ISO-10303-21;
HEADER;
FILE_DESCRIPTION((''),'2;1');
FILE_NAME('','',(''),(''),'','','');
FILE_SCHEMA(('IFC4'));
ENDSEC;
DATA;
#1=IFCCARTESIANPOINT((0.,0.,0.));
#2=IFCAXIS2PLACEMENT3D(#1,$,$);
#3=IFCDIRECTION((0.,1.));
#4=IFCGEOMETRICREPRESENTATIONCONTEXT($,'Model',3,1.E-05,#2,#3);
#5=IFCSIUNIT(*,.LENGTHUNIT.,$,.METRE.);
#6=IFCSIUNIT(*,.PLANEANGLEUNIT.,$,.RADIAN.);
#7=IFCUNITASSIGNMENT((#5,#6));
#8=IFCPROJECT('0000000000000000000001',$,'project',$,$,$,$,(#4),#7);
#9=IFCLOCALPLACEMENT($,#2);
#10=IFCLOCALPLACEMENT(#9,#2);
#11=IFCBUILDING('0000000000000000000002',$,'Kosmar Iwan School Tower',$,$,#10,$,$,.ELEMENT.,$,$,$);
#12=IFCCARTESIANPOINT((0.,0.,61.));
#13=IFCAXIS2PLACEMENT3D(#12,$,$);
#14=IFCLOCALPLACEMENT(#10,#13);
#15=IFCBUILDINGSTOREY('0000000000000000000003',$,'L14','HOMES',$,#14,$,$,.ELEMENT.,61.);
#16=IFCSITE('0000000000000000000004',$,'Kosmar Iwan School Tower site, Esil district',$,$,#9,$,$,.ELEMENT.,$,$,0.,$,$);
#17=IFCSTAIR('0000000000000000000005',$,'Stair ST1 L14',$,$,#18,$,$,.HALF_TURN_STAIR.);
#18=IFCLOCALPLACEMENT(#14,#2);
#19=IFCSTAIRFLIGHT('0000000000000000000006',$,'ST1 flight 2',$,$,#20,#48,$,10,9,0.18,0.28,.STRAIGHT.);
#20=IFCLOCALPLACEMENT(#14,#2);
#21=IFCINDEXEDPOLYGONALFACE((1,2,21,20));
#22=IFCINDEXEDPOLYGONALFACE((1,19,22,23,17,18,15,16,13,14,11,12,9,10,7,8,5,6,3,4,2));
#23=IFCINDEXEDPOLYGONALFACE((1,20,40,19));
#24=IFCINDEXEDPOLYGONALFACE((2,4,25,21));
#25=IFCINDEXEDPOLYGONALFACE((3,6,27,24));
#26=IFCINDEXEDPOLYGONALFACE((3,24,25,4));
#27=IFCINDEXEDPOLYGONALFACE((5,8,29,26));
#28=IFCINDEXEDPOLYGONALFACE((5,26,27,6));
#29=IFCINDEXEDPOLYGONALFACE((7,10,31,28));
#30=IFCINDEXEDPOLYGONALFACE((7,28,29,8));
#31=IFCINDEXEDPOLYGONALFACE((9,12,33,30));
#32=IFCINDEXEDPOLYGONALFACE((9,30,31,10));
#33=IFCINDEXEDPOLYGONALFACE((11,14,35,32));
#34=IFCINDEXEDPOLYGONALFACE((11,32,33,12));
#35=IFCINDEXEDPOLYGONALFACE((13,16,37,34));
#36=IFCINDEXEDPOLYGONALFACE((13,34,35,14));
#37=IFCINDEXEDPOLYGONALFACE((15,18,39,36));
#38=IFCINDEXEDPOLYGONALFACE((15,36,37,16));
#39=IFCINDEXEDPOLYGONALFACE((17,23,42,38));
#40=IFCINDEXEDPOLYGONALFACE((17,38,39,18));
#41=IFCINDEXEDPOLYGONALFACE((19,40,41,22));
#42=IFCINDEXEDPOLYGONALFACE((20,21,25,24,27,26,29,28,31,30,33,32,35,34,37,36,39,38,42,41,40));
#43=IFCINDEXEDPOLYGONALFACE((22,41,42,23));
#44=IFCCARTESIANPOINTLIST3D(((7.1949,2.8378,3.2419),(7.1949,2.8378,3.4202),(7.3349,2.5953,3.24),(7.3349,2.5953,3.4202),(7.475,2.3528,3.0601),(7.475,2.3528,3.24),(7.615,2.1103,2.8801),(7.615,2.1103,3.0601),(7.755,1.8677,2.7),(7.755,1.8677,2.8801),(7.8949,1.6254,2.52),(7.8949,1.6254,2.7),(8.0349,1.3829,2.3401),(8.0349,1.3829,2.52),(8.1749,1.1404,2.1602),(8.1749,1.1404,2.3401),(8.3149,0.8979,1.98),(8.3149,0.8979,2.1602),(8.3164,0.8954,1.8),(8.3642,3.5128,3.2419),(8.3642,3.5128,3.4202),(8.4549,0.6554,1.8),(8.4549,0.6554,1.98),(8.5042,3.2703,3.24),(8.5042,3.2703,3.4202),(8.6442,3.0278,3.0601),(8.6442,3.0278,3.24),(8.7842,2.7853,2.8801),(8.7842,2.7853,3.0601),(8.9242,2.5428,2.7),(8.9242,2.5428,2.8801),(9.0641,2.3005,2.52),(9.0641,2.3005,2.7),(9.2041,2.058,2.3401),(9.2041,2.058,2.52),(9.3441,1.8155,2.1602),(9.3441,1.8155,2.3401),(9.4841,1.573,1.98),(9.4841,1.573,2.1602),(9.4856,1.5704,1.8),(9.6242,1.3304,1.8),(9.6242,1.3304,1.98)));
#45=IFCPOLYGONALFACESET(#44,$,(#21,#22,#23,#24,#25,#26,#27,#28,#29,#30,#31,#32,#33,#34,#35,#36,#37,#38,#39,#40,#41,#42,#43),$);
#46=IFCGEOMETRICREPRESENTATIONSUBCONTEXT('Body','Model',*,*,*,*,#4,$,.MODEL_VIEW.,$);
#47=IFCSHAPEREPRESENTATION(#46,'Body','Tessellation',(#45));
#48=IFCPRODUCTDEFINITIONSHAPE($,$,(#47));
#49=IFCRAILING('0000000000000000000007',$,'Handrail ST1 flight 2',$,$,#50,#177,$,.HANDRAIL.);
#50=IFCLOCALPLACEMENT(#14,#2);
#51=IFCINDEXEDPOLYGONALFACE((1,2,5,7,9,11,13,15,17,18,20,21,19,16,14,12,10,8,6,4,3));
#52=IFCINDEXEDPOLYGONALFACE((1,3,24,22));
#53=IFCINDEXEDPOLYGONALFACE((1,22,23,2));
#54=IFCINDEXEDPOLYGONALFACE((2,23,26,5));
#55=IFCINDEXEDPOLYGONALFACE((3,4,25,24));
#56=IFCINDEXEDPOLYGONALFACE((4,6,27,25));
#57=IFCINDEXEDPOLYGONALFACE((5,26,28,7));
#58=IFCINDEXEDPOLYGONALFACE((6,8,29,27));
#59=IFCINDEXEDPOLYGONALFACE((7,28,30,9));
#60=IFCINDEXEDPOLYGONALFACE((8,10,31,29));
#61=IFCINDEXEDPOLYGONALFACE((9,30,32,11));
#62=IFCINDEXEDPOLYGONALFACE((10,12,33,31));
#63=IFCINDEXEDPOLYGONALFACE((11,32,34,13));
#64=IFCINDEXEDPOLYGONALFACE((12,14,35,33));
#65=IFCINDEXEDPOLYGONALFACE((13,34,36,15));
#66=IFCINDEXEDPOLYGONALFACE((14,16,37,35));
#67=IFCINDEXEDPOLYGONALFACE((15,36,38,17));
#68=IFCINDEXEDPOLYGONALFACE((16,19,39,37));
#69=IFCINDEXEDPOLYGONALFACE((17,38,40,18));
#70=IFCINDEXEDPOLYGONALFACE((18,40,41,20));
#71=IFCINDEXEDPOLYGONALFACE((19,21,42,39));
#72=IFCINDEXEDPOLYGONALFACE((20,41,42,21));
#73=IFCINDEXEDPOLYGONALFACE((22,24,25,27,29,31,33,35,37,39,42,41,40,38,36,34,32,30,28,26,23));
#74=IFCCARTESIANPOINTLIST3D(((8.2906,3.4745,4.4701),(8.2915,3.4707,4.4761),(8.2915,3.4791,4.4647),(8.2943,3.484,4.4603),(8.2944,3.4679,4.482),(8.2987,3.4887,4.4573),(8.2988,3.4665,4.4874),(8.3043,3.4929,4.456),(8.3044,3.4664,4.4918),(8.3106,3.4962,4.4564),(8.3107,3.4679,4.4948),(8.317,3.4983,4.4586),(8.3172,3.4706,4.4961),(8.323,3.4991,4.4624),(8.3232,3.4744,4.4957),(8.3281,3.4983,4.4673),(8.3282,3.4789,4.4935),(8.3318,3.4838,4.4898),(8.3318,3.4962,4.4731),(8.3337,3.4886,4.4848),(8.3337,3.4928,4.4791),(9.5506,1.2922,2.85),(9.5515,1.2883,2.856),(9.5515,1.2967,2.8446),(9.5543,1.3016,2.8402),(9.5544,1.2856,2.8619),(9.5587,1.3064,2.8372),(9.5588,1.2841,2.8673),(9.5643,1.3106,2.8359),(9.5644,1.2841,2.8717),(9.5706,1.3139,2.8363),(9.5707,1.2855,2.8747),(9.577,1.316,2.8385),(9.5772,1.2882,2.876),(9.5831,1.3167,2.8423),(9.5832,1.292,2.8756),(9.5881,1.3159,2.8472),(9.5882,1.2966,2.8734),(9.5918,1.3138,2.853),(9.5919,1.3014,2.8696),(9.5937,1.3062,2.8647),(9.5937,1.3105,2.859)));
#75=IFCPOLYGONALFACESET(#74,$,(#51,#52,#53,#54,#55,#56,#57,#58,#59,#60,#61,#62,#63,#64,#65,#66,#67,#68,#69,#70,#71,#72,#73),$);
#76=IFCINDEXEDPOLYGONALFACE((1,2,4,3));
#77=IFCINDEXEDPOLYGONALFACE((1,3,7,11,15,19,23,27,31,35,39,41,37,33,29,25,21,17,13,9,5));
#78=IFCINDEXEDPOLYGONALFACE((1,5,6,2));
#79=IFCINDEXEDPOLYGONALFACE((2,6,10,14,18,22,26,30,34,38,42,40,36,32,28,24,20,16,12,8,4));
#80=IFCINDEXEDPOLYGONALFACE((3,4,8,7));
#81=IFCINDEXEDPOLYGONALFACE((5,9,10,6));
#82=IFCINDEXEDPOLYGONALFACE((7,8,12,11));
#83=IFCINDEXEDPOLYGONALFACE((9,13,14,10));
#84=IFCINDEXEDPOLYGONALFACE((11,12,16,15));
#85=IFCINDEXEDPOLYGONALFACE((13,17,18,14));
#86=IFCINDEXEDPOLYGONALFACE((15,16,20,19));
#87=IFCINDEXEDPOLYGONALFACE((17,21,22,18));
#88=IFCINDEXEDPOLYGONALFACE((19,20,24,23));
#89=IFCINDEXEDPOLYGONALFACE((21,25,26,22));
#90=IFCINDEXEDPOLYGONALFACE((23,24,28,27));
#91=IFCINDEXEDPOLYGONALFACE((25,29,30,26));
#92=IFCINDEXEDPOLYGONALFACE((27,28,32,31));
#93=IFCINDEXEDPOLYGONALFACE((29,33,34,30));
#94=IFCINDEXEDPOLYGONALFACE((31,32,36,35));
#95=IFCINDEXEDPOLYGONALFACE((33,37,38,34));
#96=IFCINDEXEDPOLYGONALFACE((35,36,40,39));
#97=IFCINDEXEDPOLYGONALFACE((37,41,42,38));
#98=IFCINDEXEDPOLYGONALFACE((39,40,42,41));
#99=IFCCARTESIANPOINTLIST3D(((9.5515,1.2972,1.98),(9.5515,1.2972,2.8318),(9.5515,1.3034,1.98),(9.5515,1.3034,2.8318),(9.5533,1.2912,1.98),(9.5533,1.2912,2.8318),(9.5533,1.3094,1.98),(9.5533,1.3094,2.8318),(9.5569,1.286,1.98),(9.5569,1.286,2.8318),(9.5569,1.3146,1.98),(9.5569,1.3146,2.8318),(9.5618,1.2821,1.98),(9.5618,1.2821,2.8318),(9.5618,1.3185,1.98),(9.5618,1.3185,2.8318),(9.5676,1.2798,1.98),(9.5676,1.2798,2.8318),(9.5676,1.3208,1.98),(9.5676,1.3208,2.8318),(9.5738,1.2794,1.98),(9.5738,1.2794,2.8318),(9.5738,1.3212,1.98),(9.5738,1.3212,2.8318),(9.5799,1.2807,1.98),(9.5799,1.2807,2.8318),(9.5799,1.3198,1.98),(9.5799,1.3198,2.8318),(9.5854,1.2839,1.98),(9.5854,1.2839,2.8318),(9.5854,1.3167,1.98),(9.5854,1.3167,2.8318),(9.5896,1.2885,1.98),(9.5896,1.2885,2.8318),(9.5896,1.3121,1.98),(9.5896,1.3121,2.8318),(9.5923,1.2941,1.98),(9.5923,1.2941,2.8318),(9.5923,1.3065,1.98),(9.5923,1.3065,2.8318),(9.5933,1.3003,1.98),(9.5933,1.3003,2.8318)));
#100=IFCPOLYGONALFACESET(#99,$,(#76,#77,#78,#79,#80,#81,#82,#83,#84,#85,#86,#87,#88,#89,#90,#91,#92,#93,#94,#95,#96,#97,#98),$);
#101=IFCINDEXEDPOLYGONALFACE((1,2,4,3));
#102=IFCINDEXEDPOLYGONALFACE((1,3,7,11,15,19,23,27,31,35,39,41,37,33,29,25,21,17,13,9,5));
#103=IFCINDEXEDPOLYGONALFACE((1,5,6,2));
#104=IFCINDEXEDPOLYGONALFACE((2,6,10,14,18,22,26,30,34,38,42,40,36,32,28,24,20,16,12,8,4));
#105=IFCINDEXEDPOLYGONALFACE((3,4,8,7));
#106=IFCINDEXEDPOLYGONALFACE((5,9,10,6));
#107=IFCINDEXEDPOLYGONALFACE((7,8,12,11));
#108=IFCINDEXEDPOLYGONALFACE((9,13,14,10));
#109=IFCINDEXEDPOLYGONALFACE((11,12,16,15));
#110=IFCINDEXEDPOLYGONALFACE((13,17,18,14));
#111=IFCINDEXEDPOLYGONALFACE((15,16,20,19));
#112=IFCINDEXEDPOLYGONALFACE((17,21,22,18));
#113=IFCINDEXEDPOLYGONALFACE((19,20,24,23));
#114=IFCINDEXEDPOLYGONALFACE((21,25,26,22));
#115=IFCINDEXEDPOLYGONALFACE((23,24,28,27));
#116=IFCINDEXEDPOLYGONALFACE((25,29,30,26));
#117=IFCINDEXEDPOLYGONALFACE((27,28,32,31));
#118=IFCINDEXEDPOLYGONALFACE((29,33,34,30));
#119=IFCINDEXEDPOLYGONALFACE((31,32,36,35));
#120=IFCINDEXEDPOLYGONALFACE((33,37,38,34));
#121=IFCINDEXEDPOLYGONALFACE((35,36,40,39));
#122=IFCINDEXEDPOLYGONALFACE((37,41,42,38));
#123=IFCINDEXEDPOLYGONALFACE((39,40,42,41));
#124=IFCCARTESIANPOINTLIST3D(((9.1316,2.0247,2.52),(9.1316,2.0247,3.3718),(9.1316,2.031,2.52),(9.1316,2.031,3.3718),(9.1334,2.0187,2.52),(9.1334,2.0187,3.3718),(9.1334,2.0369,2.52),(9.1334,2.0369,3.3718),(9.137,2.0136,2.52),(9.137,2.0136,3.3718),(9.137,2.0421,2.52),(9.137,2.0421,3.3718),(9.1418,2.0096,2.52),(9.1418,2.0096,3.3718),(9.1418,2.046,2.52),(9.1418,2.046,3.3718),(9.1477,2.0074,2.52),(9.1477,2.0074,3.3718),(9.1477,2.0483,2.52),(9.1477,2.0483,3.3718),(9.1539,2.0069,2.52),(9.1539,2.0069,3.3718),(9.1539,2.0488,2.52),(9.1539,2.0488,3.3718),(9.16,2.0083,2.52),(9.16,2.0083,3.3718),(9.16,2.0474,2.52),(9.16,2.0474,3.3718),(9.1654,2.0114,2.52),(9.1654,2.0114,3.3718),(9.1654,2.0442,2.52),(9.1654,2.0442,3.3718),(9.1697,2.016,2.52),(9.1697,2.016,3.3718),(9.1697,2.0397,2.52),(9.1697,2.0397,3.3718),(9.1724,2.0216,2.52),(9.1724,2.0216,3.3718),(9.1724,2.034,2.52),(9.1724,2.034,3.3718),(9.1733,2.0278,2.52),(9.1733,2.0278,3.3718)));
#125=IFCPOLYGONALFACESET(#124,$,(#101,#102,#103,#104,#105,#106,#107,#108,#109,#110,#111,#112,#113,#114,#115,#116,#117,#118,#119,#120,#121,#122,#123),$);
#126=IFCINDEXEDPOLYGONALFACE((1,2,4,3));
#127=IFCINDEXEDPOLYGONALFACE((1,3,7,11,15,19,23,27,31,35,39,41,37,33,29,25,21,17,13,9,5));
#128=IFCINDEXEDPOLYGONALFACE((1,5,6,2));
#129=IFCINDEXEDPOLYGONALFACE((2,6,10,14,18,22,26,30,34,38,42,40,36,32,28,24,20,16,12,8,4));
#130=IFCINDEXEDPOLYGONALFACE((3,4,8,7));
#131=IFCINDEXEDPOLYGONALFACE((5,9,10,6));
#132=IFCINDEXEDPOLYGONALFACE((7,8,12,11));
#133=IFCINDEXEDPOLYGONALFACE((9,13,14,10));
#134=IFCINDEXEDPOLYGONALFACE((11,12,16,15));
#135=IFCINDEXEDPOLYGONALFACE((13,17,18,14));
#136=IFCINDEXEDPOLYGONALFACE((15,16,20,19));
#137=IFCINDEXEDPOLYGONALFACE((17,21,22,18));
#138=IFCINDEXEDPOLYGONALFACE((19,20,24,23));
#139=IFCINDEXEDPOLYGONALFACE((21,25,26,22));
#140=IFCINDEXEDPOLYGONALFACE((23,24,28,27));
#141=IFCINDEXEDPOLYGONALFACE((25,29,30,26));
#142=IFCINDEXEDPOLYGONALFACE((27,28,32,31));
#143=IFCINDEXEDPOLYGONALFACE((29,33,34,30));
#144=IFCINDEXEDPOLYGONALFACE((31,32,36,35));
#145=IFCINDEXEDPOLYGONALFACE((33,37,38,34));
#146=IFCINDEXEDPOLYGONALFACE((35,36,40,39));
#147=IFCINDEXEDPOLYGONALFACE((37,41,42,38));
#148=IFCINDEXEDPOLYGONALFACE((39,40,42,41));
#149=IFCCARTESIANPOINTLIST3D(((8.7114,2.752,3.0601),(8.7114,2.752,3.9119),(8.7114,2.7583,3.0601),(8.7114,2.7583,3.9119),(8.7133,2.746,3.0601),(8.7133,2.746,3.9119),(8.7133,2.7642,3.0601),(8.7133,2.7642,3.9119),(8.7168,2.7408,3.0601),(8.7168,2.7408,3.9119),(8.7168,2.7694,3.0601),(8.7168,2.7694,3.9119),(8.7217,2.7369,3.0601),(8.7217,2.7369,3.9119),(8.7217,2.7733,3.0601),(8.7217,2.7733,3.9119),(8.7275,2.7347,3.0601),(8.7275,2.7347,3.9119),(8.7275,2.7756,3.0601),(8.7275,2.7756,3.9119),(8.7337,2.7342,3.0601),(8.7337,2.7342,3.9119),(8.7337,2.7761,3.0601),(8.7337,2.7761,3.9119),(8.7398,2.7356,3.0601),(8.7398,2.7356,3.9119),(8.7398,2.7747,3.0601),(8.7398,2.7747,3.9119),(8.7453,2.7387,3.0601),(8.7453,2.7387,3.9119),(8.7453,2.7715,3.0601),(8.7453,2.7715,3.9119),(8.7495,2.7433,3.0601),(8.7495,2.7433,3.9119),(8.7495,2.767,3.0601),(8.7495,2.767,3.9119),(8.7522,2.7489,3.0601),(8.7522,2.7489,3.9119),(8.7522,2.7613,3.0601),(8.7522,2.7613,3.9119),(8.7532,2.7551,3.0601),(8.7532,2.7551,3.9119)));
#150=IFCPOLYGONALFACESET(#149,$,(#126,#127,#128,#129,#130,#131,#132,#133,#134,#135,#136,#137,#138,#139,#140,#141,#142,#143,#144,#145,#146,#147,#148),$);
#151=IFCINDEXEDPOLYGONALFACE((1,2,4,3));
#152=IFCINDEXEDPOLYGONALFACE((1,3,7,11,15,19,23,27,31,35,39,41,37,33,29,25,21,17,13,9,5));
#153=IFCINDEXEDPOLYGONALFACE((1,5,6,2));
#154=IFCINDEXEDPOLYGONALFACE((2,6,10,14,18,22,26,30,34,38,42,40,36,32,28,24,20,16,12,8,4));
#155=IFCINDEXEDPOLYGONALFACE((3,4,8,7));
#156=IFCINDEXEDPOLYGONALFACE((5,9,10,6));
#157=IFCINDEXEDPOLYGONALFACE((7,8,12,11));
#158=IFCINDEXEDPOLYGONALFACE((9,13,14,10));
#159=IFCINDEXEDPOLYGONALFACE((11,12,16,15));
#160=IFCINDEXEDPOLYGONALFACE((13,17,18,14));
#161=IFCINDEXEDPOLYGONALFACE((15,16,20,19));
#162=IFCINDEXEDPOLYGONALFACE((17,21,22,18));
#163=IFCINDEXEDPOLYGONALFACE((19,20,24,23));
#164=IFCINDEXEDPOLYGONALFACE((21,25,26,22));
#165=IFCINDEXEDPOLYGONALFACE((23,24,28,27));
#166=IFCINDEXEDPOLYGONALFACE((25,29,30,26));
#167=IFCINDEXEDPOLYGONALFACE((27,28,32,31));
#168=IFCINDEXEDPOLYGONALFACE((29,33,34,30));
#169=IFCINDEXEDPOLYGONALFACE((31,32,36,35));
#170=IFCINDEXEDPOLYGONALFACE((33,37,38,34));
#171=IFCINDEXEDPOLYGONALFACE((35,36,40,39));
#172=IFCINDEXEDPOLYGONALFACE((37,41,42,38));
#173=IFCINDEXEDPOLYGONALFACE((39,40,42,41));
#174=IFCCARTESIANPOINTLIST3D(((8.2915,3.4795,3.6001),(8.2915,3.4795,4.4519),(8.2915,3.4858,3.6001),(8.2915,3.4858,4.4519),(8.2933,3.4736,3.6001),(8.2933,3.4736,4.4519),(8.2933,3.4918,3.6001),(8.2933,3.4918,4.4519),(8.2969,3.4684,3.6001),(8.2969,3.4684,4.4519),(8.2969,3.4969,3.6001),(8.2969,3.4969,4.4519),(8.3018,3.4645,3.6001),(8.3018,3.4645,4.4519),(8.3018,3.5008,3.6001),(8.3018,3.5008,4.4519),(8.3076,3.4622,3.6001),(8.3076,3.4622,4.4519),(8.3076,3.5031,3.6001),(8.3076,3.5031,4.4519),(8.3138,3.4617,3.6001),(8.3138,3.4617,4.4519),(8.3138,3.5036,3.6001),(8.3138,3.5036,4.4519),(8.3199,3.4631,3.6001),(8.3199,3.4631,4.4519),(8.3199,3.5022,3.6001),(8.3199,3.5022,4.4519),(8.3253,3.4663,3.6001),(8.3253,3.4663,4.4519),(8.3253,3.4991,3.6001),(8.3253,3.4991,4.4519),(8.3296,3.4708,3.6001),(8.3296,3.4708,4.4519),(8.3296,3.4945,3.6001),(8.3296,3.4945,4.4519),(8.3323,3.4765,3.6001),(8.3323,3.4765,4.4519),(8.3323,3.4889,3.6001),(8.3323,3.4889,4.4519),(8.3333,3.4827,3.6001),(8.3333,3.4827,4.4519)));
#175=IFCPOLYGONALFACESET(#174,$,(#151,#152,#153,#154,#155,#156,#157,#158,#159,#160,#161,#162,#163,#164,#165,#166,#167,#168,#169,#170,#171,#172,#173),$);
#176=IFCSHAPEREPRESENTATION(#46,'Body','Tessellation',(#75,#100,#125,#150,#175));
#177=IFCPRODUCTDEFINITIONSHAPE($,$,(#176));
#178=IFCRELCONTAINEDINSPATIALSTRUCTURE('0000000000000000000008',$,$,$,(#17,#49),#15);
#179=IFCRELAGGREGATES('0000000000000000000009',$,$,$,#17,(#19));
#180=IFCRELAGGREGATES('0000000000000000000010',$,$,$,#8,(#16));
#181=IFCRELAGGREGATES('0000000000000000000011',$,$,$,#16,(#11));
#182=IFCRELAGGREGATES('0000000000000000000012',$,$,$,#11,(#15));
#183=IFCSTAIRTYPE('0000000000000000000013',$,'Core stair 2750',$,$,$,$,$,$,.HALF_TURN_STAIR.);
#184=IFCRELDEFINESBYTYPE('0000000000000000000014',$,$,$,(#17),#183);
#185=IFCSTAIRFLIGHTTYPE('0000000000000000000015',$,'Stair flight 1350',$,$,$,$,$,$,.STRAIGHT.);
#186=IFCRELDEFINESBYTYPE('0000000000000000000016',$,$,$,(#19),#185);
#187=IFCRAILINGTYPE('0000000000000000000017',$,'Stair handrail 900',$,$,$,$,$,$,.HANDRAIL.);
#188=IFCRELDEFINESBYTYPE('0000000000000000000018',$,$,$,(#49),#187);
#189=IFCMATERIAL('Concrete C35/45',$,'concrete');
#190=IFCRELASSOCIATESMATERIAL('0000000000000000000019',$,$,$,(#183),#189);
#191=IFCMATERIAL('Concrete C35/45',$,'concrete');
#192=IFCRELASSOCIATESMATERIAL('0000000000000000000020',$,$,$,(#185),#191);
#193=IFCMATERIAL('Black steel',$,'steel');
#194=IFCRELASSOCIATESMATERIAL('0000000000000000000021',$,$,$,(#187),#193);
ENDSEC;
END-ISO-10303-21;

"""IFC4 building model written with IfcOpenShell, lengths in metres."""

from ifc_helpers import new_model, si_unit, direction, frame, origin, origin_2d, place, context, subcontext, project, spatial, polyline, circle, outline, extrude, material, type_object, element, aggregate, save


model = new_model("IFC4")

# Units and contexts
model_context = context("Model", 3, precision=1e-05, world=origin(), true_north=direction((0.0, 1.0)))
body_context = subcontext(model_context, "Body", "Model", "MODEL_VIEW")
ifc_project = project(units=[si_unit("LENGTHUNIT", "METRE"), si_unit("PLANEANGLEUNIT", "RADIAN")], contexts=[model_context])

# Site, building, storey
site_placement = place(None, origin())
site = spatial("IfcSite", under=ifc_project, at=site_placement, Name="Kosmar Iwan School Tower site, Esil district", CompositionType="ELEMENT", RefElevation=0.0)
building_placement = place(site_placement, origin())
building = spatial("IfcBuilding", under=site, at=building_placement, Name="Kosmar Iwan School Tower", CompositionType="ELEMENT")
storey_placement = place(building_placement, frame((0.0, 0.0, 61.0)))
storey = spatial("IfcBuildingStorey", under=building, at=storey_placement, Name="L14", Description="HOMES", CompositionType="ELEMENT", Elevation=61.0)

# Stair, stair flight
ifc_material_1 = material(Name="Concrete C35/45", Category="concrete")
stair_type = type_object("IfcStairType", Name="Core stair 2750", PredefinedType="HALF_TURN_STAIR", material=ifc_material_1)
stair_placement = place(storey_placement, origin())
stair = element("IfcStair", 1, at=stair_placement, inside=storey, type_object=stair_type, Name="Stair ST1 L14", PredefinedType="HALF_TURN_STAIR")
ifc_material_2 = material(Name="Concrete C35/45", Category="concrete")
stair_flight_type = type_object("IfcStairFlightType", Name="Stair flight 1350", PredefinedType="STRAIGHT", material=ifc_material_2)
stair_flight_placement = place(storey_placement, frame((9.0396, 0.9929, 1.8), z_axis=(0.0, 0.0, 1.0), x_axis=(-0.5, 0.866025, 0.0)))
stair_flight = element("IfcStairFlight", 2, at=stair_flight_placement, type_object=stair_flight_type, Name="ST1 flight 2", NumberOfRisers=10, NumberOfTreads=9, PredefinedType="STRAIGHT", RiserHeight=0.18, TreadLength=0.28, context=body_context, shape_type="SweptSolid", body=[
    extrude(outline(polyline([(0.0, 0.0), (0.0, 0.1799), (0.28, 0.1799), (0.28, 0.3601), (0.5601, 0.3601), (0.5601, 0.54), (0.8401, 0.54), (0.8401, 0.72), (1.1201, 0.72), (1.1201, 0.8999), (1.3999, 0.8999), (1.3999, 1.0801), (1.6799, 1.0801), (1.6799, 1.26), (1.96, 1.26), (1.96, 1.4399), (2.24, 1.4399), (2.24, 1.6201), (2.52, 1.6201), (2.52, 1.8), (2.52, 1.4419), (0.2771, 0.0), (0.0, 0.0)])), frame((0.0, 0.675, 0.0), z_axis=(0.0, -1.0, 0.0), x_axis=(1.0, 0.0, 0.0)), (0.0, 0.0, 1.0), 1.3501),
])
aggregate(stair, [stair_flight])

# Railing
ifc_material_3 = material(Name="Black steel", Category="steel")
railing_type = type_object("IfcRailingType", Name="Stair handrail 900", PredefinedType="HANDRAIL", material=ifc_material_3)
railing_placement = place(storey_placement, frame((9.5723, 1.3003, 1.98)))
element("IfcRailing", 3, at=railing_placement, inside=storey, type_object=railing_type, Name="Handrail ST1 flight 2", PredefinedType="HANDRAIL", context=body_context, shape_type="SweptSolid", body=[
    extrude(circle(Radius=0.0239, at=origin_2d()), frame((0.0, 0.0, 0.876), z_axis=(-0.420584, 0.728464, 0.540786), x_axis=(-0.866023, -0.500005, 0.0)), (0.0, 0.0, 1.0), 2.9958),
    extrude(circle(Radius=0.021, at=origin_2d()), origin(), (0.0, 0.0, 1.0), 0.8518),
    extrude(circle(Radius=0.021, at=origin_2d()), frame((-0.4199, 0.7275, 0.54)), (0.0, 0.0, 1.0), 0.8518),
    extrude(circle(Radius=0.021, at=origin_2d()), frame((-0.8401, 1.4548, 1.0801)), (0.0, 0.0, 1.0), 0.8518),
    extrude(circle(Radius=0.021, at=origin_2d()), frame((-1.26, 2.1824, 1.6201)), (0.0, 0.0, 1.0), 0.8518),
])

save(model, "model.ifc")
